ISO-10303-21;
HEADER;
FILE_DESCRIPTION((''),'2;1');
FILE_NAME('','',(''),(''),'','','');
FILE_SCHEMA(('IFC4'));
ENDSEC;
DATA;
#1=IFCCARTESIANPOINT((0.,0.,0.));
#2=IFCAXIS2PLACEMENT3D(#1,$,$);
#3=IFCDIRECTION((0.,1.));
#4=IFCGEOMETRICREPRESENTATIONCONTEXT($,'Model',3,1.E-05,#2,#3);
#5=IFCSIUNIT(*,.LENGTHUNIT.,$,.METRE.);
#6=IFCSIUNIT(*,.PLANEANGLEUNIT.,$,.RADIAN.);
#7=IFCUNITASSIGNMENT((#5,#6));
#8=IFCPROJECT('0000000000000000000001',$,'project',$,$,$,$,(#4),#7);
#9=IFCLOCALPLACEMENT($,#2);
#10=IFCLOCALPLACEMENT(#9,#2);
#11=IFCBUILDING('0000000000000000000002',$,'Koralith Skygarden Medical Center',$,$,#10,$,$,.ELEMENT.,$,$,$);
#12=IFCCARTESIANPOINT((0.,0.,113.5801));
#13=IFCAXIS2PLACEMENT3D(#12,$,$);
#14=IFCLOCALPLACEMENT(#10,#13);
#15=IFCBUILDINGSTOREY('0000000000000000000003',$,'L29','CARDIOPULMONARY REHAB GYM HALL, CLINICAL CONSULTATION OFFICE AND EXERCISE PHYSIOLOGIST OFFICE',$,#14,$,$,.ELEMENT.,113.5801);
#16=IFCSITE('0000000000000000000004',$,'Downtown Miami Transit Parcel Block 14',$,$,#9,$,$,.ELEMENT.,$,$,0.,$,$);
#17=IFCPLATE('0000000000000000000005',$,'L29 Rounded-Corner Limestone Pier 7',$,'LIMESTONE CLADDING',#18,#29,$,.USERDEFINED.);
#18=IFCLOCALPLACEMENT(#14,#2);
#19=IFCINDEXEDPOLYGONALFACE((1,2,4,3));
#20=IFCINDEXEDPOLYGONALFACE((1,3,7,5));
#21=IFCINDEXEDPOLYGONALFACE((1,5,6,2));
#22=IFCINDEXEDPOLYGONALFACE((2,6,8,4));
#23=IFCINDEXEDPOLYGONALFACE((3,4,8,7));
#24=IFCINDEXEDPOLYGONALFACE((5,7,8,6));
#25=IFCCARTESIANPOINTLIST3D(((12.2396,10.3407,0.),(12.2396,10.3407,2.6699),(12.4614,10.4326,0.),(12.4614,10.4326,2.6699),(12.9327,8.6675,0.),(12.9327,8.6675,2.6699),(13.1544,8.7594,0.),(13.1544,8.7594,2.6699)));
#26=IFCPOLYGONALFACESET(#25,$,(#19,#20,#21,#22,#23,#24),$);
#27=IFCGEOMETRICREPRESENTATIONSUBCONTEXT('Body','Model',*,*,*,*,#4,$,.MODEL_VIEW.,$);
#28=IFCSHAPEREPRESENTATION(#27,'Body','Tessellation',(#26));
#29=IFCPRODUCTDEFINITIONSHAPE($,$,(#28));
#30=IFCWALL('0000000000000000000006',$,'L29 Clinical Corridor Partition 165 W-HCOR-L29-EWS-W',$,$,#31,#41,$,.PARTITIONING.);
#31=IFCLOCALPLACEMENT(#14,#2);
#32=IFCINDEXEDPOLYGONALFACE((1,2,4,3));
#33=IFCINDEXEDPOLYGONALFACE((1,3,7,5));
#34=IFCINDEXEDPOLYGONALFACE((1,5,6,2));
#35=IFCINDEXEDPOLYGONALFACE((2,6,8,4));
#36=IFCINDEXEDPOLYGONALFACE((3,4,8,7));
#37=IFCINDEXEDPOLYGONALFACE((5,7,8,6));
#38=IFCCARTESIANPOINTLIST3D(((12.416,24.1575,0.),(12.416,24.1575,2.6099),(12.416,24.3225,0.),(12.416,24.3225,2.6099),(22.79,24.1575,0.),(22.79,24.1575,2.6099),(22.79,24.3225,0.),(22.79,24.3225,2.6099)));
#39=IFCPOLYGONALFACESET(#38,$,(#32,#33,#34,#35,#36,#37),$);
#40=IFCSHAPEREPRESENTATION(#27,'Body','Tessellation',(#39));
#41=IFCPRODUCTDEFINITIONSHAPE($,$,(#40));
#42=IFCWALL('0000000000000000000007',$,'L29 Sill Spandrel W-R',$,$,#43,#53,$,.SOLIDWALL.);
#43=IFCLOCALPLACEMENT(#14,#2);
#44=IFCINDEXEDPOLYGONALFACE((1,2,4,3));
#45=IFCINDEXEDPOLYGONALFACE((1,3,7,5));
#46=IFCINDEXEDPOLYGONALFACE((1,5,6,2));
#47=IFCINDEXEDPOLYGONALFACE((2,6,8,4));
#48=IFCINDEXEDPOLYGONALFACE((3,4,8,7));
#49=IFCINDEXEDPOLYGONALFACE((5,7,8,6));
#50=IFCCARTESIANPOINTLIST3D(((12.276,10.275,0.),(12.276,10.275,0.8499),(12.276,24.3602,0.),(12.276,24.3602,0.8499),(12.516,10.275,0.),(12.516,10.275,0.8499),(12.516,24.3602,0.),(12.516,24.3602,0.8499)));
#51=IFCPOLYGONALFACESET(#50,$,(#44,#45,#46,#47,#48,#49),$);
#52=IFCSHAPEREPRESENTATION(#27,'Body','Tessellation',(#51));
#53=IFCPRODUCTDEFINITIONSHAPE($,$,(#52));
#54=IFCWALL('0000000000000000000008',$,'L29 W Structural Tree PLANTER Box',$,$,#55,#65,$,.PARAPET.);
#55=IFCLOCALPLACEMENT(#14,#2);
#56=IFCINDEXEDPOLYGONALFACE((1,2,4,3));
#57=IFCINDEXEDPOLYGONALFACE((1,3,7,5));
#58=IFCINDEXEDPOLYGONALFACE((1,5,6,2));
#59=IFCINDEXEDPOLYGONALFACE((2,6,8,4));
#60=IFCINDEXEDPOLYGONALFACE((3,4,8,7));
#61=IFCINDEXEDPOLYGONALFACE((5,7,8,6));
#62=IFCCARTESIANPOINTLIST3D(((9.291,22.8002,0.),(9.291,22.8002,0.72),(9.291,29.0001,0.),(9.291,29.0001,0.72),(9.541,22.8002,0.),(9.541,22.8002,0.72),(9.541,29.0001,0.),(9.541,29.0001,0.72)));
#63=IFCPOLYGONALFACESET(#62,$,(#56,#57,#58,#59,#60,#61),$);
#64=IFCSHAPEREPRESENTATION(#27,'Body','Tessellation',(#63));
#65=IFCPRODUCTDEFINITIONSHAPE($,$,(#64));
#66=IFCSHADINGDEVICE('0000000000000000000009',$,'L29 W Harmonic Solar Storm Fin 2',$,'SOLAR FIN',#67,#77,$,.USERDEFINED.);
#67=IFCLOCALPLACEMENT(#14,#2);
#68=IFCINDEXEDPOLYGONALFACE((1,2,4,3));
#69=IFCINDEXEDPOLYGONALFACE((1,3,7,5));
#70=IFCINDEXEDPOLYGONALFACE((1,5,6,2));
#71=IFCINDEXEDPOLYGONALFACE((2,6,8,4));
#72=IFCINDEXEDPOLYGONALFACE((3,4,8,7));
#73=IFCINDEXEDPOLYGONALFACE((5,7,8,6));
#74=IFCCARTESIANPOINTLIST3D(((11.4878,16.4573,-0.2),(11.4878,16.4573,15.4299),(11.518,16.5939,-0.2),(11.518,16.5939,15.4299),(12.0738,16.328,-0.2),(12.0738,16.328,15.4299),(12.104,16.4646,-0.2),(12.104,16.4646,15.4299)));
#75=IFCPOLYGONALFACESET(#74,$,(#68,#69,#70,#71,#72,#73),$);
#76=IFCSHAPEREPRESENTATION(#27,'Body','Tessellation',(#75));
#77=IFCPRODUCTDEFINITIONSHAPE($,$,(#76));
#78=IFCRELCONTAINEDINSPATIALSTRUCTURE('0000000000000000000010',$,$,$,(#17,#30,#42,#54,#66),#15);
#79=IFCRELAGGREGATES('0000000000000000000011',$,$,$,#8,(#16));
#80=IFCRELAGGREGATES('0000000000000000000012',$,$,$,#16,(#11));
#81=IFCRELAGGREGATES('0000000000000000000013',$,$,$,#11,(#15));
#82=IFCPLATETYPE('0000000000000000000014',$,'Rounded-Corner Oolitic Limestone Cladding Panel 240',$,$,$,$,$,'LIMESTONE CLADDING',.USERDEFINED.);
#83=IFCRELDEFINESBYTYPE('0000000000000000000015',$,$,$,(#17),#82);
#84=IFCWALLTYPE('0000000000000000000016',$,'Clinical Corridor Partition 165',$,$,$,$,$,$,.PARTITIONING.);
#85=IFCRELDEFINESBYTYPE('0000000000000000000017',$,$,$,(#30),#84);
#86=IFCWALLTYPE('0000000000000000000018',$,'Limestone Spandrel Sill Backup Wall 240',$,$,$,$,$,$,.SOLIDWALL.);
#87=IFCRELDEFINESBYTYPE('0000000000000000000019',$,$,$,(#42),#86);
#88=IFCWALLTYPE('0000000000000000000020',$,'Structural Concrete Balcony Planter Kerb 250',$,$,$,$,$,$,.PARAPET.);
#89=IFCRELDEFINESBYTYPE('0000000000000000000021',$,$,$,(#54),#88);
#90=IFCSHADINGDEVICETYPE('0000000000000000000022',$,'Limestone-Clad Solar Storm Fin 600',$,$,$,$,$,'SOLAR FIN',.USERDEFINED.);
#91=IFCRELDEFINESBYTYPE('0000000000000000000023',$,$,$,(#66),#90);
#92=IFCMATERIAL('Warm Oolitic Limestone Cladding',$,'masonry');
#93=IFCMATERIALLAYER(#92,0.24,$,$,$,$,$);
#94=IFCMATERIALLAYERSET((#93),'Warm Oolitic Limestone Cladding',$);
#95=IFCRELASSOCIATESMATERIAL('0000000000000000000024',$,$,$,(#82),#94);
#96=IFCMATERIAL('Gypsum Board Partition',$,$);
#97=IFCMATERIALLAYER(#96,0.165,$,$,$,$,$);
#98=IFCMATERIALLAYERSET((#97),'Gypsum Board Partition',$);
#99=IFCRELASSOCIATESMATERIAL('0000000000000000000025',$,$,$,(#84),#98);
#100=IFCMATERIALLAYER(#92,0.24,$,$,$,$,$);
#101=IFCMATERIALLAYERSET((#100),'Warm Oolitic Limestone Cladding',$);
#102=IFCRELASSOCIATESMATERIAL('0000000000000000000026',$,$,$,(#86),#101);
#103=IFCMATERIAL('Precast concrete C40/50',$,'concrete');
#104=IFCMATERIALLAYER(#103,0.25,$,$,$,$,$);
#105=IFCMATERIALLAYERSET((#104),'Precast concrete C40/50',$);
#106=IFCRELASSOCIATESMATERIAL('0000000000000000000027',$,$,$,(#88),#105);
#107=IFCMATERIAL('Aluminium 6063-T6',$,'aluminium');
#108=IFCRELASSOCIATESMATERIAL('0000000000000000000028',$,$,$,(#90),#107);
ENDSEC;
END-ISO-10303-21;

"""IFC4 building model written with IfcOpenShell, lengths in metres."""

from ifc_helpers import new_model, si_unit, direction, frame, frame_2d, origin, origin_2d, place, context, subcontext, project, spatial, rectangle, extrude, material, layer, layer_set, type_object, element, save


model = new_model("IFC4")

# Units and contexts
model_context = context("Model", 3, precision=1e-05, world=origin(), true_north=direction((0.0, 1.0)))
body_context = subcontext(model_context, "Body", "Model", "MODEL_VIEW")
ifc_project = project(units=[si_unit("LENGTHUNIT", "METRE"), si_unit("PLANEANGLEUNIT", "RADIAN")], contexts=[model_context])

# Site, building, storey
site_placement = place(None, origin())
site = spatial("IfcSite", under=ifc_project, at=site_placement, Name="Downtown Miami Transit Parcel Block 14", CompositionType="ELEMENT", RefElevation=0.0)
building_placement = place(site_placement, origin())
building = spatial("IfcBuilding", under=site, at=building_placement, Name="Koralith Skygarden Medical Center", CompositionType="ELEMENT")
storey_placement = place(building_placement, frame((0.0, 0.0, 113.5801)))
storey = spatial("IfcBuildingStorey", under=building, at=storey_placement, Name="L29", Description="CARDIOPULMONARY REHAB GYM HALL, CLINICAL CONSULTATION OFFICE AND EXERCISE PHYSIOLOGIST OFFICE", CompositionType="ELEMENT", Elevation=113.5801)

# Shared definitions
ifc_material_1 = material(Name="Aluminium 6063-T6", Category="aluminium")

# Plate
ifc_material_2 = material(Name="Warm Oolitic Limestone Cladding", Category="masonry")
ifc_layer_1 = layer(ifc_material_2, 0.24)
ifc_layer_set_1 = layer_set([ifc_layer_1], Name="Warm Oolitic Limestone Cladding")
plate_type_1 = type_object("IfcPlateType", Name="Rounded-Corner Oolitic Limestone Cladding Panel 240", ElementType="LIMESTONE CLADDING", PredefinedType="USERDEFINED", material=ifc_layer_set_1)
plate_1_placement = place(storey_placement, frame((12.697, 9.55, 0.0), z_axis=(0.0, 0.0, 1.0), x_axis=(0.382671, -0.923885, 0.0)))
element("IfcPlate", 1, at=plate_1_placement, inside=storey, type_object=plate_type_1, Name="L29 Rounded-Corner Limestone Pier 7", ObjectType="LIMESTONE CLADDING", PredefinedType="USERDEFINED", context=body_context, shape_type="SweptSolid", body=[
    extrude(rectangle(XDim=1.811, YDim=0.24, at=origin_2d()), origin(), (0.0, 0.0, 1.0), 2.6699),
])

# Walls
ifc_material_3 = material(Name="Gypsum Board Partition")
ifc_layer_2 = layer(ifc_material_3, 0.165)
ifc_layer_set_2 = layer_set([ifc_layer_2], Name="Gypsum Board Partition")
wall_type_1 = type_object("IfcWallType", Name="Clinical Corridor Partition 165", PredefinedType="PARTITIONING", material=ifc_layer_set_2)
wall_1_placement = place(storey_placement, frame((12.416, 24.24, 0.0), z_axis=(0.0, 0.0, 1.0), x_axis=(1.0, 0.0, 0.0)))
element("IfcWall", 2, at=wall_1_placement, inside=storey, type_object=wall_type_1, Name="L29 Clinical Corridor Partition 165 W-HCOR-L29-EWS-W", PredefinedType="PARTITIONING", context=body_context, shape_type="SweptSolid", body=[
    extrude(rectangle(XDim=10.374, YDim=0.165, at=frame_2d((5.187, 0.0))), origin(), (0.0, 0.0, 1.0), 2.6099),
])
ifc_layer_3 = layer(ifc_material_2, 0.24)
ifc_layer_set_3 = layer_set([ifc_layer_3], Name="Warm Oolitic Limestone Cladding")
wall_type_2 = type_object("IfcWallType", Name="Limestone Spandrel Sill Backup Wall 240", PredefinedType="SOLIDWALL", material=ifc_layer_set_3)
wall_2_placement = place(storey_placement, frame((12.396, 24.3601, 0.0), z_axis=(0.0, 0.0, 1.0), x_axis=(0.0, -1.0, 0.0)))
element("IfcWall", 3, at=wall_2_placement, inside=storey, type_object=wall_type_2, Name="L29 Sill Spandrel W-R", PredefinedType="SOLIDWALL", context=body_context, shape_type="SweptSolid", body=[
    extrude(rectangle(XDim=14.0852, YDim=0.24, at=frame_2d((7.0425, 0.0))), origin(), (0.0, 0.0, 1.0), 0.8499),
])
ifc_material_4 = material(Name="Precast concrete C40/50", Category="concrete")
ifc_layer_4 = layer(ifc_material_4, 0.25)
ifc_layer_set_4 = layer_set([ifc_layer_4], Name="Precast concrete C40/50")
wall_type_3 = type_object("IfcWallType", Name="Structural Concrete Balcony Planter Kerb 250", PredefinedType="PARAPET", material=ifc_layer_set_4)
wall_3_placement = place(storey_placement, frame((9.416, 22.8, 0.0), z_axis=(0.0, 0.0, 1.0), x_axis=(0.0, 1.0, 0.0)))
element("IfcWall", 4, at=wall_3_placement, inside=storey, type_object=wall_type_3, Name="L29 W Structural Tree PLANTER Box", PredefinedType="PARAPET", context=body_context, shape_type="SweptSolid", body=[
    extrude(rectangle(XDim=6.2, YDim=0.25, at=frame_2d((3.1001, 0.0))), origin(), (0.0, 0.0, 1.0), 0.72),
])

# Shading device
shading_device_type = type_object("IfcShadingDeviceType", Name="Limestone-Clad Solar Storm Fin 600", ElementType="SOLAR FIN", PredefinedType="USERDEFINED", material=ifc_material_1)
shading_device_placement = place(storey_placement, frame((11.7959, 16.4609, -0.2), z_axis=(0.0, 0.0, 1.0), x_axis=(-0.976492, 0.215553, 0.0)))
element("IfcShadingDevice", 5, at=shading_device_placement, inside=storey, type_object=shading_device_type, Name="L29 W Harmonic Solar Storm Fin 2", ObjectType="SOLAR FIN", PredefinedType="USERDEFINED", context=body_context, shape_type="SweptSolid", body=[
    extrude(rectangle(XDim=0.6001, YDim=0.1399, at=origin_2d()), origin(), (0.0, 0.0, 1.0), 15.6299),
])

save(model, "model.ifc")
